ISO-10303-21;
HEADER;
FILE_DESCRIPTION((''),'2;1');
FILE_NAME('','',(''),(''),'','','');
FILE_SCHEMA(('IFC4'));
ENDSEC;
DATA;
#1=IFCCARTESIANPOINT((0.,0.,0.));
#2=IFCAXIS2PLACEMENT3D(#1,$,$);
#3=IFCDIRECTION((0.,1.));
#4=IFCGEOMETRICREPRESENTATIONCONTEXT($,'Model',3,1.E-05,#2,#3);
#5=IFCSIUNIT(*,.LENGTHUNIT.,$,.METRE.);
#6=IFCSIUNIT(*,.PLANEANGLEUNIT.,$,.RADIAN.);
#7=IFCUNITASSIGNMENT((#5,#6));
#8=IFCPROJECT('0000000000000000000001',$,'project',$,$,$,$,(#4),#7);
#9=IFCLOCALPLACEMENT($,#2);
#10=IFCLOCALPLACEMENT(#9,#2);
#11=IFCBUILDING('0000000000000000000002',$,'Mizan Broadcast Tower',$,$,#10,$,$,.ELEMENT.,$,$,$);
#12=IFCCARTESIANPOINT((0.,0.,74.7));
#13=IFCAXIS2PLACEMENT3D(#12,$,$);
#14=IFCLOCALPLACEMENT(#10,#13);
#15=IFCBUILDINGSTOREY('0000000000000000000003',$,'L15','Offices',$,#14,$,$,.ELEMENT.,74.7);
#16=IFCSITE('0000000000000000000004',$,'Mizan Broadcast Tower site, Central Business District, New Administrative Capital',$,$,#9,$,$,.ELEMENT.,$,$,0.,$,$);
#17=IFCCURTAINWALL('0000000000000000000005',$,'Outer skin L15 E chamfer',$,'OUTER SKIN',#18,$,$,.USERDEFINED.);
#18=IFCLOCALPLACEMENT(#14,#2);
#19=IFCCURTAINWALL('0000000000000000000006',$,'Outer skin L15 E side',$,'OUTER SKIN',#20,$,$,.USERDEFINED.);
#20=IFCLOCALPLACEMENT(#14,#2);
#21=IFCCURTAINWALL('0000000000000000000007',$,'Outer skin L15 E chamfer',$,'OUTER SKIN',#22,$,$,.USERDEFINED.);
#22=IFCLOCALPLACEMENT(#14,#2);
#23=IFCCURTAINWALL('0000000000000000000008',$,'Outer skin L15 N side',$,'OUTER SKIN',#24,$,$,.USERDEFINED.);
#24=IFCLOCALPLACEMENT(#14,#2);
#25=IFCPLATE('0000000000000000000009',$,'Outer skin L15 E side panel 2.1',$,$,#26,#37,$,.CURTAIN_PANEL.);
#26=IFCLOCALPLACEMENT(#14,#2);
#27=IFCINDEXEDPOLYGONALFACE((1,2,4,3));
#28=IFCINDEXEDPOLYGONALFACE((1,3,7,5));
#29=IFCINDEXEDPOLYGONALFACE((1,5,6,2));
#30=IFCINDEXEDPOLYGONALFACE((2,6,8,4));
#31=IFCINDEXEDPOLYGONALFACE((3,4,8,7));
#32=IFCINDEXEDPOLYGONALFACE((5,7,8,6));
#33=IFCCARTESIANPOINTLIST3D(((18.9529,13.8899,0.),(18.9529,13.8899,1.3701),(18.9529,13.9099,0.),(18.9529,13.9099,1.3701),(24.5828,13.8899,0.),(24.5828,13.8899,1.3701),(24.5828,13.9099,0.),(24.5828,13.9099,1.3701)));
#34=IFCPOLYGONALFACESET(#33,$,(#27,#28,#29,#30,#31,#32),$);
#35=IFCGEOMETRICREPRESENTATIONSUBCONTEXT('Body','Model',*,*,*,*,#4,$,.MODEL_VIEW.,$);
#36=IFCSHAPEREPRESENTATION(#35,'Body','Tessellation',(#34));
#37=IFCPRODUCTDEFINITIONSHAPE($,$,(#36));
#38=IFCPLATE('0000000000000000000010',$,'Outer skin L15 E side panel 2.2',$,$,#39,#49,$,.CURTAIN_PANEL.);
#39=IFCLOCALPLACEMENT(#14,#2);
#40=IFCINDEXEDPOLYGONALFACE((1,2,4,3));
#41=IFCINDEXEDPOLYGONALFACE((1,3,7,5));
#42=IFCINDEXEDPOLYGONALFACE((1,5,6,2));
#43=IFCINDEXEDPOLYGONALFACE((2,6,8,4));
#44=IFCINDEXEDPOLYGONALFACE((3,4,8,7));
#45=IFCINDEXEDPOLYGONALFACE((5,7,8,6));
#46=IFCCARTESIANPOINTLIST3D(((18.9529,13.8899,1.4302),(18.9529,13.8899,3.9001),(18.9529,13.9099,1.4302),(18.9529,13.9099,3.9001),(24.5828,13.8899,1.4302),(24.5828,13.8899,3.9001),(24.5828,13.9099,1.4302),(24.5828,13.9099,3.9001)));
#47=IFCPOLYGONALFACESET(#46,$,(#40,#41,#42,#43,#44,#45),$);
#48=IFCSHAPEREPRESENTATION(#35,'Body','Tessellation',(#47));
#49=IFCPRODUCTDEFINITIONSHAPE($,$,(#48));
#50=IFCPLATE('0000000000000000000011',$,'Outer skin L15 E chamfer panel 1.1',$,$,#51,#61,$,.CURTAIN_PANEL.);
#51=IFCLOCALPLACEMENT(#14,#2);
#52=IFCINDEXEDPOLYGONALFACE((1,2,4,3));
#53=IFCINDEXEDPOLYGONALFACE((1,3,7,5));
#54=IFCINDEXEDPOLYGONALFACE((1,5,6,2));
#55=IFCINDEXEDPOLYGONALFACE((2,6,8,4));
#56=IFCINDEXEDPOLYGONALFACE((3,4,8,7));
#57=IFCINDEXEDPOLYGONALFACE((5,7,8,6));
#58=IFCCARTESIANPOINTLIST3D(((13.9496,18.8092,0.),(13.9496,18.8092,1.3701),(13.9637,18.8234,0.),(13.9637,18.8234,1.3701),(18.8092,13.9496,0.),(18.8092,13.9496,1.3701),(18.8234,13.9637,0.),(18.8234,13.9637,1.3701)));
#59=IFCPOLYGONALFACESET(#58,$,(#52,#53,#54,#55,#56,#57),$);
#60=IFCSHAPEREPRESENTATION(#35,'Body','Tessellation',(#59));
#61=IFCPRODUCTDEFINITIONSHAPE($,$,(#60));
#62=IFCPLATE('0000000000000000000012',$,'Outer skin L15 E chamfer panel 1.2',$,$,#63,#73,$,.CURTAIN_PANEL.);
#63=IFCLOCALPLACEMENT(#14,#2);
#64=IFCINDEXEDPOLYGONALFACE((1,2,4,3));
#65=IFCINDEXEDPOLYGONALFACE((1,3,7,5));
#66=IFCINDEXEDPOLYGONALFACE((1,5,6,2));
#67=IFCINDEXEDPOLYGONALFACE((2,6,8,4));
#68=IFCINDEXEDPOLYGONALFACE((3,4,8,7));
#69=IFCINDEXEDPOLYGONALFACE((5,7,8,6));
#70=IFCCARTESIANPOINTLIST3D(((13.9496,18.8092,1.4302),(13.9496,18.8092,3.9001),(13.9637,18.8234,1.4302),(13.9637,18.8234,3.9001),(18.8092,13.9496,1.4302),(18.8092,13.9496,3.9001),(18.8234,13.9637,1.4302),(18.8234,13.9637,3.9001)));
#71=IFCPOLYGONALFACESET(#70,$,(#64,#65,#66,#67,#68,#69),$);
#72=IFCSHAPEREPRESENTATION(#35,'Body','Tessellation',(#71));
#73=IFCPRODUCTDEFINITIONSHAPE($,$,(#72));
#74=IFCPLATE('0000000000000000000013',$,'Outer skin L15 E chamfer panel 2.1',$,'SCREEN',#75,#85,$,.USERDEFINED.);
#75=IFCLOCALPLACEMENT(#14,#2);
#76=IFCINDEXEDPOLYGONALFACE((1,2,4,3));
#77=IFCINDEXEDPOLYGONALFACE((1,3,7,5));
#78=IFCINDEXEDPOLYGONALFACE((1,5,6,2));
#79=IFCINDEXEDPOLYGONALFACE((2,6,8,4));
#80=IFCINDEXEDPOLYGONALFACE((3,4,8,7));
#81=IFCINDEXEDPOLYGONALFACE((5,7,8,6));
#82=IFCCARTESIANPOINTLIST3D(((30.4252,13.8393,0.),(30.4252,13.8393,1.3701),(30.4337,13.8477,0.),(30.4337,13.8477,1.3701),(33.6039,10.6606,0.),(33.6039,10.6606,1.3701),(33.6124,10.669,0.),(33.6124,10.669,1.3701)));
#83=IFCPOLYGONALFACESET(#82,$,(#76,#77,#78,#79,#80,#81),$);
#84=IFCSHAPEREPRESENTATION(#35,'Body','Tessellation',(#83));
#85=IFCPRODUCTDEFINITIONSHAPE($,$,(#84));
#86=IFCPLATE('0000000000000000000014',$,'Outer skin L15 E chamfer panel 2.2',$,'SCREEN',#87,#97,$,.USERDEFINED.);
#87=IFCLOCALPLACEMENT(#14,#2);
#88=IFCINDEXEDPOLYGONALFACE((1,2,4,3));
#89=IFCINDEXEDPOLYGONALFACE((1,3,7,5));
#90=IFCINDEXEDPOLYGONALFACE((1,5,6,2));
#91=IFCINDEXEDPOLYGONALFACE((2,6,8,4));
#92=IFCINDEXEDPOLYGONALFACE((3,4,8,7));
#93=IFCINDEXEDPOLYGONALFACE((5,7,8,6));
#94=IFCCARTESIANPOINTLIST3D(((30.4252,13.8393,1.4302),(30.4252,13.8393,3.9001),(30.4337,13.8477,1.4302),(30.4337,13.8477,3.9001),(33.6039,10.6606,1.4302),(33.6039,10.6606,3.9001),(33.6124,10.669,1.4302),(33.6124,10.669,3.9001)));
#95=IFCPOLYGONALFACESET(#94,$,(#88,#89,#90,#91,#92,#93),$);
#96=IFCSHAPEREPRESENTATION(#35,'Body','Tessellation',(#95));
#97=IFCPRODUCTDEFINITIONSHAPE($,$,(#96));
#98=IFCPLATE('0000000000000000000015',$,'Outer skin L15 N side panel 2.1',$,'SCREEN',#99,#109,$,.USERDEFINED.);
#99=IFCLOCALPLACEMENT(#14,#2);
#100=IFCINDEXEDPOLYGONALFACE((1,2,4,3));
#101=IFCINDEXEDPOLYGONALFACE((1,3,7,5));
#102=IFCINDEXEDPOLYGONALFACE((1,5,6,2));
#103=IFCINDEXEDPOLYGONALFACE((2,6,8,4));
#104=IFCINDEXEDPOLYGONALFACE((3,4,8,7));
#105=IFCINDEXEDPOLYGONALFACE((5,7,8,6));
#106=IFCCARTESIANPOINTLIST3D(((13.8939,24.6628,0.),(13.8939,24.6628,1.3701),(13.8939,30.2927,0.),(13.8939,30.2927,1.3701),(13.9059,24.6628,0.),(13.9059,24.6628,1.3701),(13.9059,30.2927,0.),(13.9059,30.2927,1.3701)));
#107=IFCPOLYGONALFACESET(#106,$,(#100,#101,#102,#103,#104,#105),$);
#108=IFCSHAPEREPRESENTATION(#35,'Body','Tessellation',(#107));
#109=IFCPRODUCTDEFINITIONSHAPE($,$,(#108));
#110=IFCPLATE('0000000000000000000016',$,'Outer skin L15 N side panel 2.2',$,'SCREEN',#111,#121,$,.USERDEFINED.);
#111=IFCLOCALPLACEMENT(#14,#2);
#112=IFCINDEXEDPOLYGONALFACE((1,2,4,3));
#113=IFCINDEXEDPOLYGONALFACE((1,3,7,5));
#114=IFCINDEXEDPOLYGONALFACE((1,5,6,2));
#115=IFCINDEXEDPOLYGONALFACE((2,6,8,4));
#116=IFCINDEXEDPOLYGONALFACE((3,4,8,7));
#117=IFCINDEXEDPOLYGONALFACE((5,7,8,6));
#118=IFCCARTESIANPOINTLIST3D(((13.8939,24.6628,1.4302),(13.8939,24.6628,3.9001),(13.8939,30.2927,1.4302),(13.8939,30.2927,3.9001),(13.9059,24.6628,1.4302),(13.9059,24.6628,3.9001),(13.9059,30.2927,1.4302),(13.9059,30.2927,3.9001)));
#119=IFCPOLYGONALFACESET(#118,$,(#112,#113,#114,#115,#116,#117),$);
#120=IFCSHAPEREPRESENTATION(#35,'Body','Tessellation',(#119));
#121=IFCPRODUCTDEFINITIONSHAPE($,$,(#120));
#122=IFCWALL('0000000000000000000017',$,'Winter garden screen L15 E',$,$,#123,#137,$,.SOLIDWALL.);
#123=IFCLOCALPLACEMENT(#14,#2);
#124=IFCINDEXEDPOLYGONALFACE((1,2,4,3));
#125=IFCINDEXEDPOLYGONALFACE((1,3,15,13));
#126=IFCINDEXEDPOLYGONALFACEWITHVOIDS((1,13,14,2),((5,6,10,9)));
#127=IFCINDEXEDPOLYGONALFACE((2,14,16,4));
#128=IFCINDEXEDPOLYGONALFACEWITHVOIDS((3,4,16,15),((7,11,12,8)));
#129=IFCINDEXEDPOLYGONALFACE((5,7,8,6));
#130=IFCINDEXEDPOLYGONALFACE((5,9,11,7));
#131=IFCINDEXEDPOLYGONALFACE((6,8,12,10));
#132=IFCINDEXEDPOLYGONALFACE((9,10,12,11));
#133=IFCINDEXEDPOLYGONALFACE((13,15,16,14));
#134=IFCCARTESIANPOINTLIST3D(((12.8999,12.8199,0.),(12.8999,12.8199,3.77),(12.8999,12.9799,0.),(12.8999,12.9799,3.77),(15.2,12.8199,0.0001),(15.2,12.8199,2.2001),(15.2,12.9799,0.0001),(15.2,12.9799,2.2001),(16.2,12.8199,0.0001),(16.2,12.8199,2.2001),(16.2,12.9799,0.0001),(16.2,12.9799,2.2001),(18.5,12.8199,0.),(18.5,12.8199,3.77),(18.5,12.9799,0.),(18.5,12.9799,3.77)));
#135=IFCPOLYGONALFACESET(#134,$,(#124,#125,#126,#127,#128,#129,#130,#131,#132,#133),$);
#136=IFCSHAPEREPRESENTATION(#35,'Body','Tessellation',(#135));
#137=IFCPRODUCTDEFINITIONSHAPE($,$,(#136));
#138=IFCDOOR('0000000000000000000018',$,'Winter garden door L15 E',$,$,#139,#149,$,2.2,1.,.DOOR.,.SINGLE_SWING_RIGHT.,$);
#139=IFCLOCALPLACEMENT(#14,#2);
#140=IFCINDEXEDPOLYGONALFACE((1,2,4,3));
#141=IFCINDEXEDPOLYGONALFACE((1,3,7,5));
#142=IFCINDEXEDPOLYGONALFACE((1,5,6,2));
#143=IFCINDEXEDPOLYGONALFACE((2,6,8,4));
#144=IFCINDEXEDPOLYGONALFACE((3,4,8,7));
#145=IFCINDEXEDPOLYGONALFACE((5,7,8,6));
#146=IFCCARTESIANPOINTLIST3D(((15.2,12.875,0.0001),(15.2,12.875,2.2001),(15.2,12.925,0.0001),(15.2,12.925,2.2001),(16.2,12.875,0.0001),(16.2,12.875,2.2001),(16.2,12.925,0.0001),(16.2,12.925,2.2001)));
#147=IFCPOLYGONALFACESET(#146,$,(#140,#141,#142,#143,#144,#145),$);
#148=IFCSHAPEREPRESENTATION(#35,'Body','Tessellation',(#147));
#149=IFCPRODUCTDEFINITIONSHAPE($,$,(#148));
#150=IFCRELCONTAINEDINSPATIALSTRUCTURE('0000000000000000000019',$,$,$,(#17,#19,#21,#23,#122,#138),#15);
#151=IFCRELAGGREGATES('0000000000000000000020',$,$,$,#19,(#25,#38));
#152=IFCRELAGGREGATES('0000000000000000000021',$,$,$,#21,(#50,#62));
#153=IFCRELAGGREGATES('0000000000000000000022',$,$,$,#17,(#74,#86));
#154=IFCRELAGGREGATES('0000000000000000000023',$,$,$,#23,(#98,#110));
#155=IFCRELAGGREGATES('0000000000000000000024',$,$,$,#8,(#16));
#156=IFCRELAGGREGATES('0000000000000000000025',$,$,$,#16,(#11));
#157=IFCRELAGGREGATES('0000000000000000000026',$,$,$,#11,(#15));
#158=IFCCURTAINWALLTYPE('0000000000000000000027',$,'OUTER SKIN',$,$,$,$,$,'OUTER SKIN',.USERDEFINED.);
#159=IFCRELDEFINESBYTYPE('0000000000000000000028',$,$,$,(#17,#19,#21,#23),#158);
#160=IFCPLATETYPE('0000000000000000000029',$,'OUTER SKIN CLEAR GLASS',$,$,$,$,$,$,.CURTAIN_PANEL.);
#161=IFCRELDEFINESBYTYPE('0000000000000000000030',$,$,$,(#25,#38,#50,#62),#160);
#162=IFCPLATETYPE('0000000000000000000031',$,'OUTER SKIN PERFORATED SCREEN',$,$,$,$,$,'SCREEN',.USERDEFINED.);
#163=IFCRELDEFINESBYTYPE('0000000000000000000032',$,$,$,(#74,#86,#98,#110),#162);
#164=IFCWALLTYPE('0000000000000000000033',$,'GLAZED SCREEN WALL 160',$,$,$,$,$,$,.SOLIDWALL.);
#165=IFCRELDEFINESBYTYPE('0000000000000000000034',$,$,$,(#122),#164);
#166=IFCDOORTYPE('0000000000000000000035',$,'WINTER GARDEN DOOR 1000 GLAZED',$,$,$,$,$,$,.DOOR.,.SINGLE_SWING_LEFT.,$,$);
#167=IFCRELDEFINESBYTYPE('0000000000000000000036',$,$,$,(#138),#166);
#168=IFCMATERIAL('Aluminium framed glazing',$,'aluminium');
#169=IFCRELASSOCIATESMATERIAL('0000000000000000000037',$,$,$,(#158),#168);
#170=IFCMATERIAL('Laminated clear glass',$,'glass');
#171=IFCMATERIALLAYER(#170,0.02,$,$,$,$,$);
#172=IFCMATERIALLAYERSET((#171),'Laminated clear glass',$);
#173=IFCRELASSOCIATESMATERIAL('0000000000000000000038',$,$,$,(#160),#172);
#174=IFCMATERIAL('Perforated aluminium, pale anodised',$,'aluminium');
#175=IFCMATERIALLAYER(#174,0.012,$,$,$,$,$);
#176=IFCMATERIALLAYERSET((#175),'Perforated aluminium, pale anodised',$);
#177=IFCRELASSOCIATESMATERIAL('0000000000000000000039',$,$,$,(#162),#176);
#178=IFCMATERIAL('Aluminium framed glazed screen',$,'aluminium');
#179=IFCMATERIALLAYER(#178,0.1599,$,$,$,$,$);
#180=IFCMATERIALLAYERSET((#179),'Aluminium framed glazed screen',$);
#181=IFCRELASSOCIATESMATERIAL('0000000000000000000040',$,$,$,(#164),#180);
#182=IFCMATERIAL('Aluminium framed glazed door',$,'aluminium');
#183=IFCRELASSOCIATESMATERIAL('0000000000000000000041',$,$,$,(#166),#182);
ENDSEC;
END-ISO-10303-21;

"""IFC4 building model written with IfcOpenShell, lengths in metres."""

from ifc_helpers import new_model, si_unit, direction, frame, frame_2d, origin, origin_2d, place, context, subcontext, project, spatial, rectangle, extrude, material, layer, layer_set, type_object, element, fill, aggregate, save


model = new_model("IFC4")

# Units and contexts
model_context = context("Model", 3, precision=1e-05, world=origin(), true_north=direction((0.0, 1.0)))
body_context = subcontext(model_context, "Body", "Model", "MODEL_VIEW")
ifc_project = project(units=[si_unit("LENGTHUNIT", "METRE"), si_unit("PLANEANGLEUNIT", "RADIAN")], contexts=[model_context])

# Site, building, storey
site_placement = place(None, origin())
site = spatial("IfcSite", under=ifc_project, at=site_placement, Name="Mizan Broadcast Tower site, Central Business District, New Administrative Capital", CompositionType="ELEMENT", RefElevation=0.0)
building_placement = place(site_placement, origin())
building = spatial("IfcBuilding", under=site, at=building_placement, Name="Mizan Broadcast Tower", CompositionType="ELEMENT")
storey_placement = place(building_placement, frame((0.0, 0.0, 74.7)))
storey = spatial("IfcBuildingStorey", under=building, at=storey_placement, Name="L15", Description="Offices", CompositionType="ELEMENT", Elevation=74.7)

# Curtain wall
ifc_material_1 = material(Name="Aluminium framed glazing", Category="aluminium")
curtain_wall_type_1 = type_object("IfcCurtainWallType", Name="OUTER SKIN", ElementType="OUTER SKIN", PredefinedType="USERDEFINED", material=ifc_material_1)
curtain_wall_1_placement = place(storey_placement, origin())
curtain_wall_1 = element("IfcCurtainWall", 1, at=curtain_wall_1_placement, inside=storey, type_object=curtain_wall_type_1, Name="Outer skin L15 E chamfer", ObjectType="OUTER SKIN", PredefinedType="USERDEFINED")

# Curtain wall
curtain_wall_2_placement = place(storey_placement, origin())
curtain_wall_2 = element("IfcCurtainWall", 2, at=curtain_wall_2_placement, inside=storey, type_object=curtain_wall_type_1, Name="Outer skin L15 E side", ObjectType="OUTER SKIN", PredefinedType="USERDEFINED")

# Curtain wall
curtain_wall_3_placement = place(storey_placement, origin())
curtain_wall_3 = element("IfcCurtainWall", 3, at=curtain_wall_3_placement, inside=storey, type_object=curtain_wall_type_1, Name="Outer skin L15 E chamfer", ObjectType="OUTER SKIN", PredefinedType="USERDEFINED")

# Curtain wall
curtain_wall_4_placement = place(storey_placement, origin())
curtain_wall_4 = element("IfcCurtainWall", 4, at=curtain_wall_4_placement, inside=storey, type_object=curtain_wall_type_1, Name="Outer skin L15 N side", ObjectType="OUTER SKIN", PredefinedType="USERDEFINED")

# Plates
ifc_material_2 = material(Name="Laminated clear glass", Category="glass")
ifc_layer_1 = layer(ifc_material_2, 0.02)
ifc_layer_set_1 = layer_set([ifc_layer_1], Name="Laminated clear glass")
plate_type_1 = type_object("IfcPlateType", Name="OUTER SKIN CLEAR GLASS", PredefinedType="CURTAIN_PANEL", material=ifc_layer_set_1)
plate_1_placement = place(storey_placement, frame((21.7678, 13.8999, 0.0), z_axis=(0.0, 0.0, 1.0), x_axis=(-1.0, 0.0, 0.0)))
plate_1 = element("IfcPlate", 5, at=plate_1_placement, type_object=plate_type_1, Name="Outer skin L15 E side panel 2.1", PredefinedType="CURTAIN_PANEL", context=body_context, shape_type="SweptSolid", body=[
    extrude(rectangle(XDim=5.6299, YDim=0.02, at=origin_2d()), origin(), (0.0, 0.0, 1.0), 1.3701),
])
plate_2_placement = place(storey_placement, frame((21.7678, 13.8999, 1.4302), z_axis=(0.0, 0.0, 1.0), x_axis=(-1.0, 0.0, 0.0)))
plate_2 = element("IfcPlate", 6, at=plate_2_placement, type_object=plate_type_1, Name="Outer skin L15 E side panel 2.2", PredefinedType="CURTAIN_PANEL", context=body_context, shape_type="SweptSolid", body=[
    extrude(rectangle(XDim=5.6299, YDim=0.02, at=origin_2d()), origin(), (0.0, 0.0, 1.0), 2.47),
])
aggregate(curtain_wall_2, [plate_1, plate_2])
plate_3_placement = place(storey_placement, frame((16.3865, 16.3865, 0.0), z_axis=(0.0, 0.0, 1.0), x_axis=(-0.707107, 0.707107, 0.0)))
plate_3 = element("IfcPlate", 7, at=plate_3_placement, type_object=plate_type_1, Name="Outer skin L15 E chamfer panel 1.1", PredefinedType="CURTAIN_PANEL", context=body_context, shape_type="SweptSolid", body=[
    extrude(rectangle(XDim=6.8726, YDim=0.02, at=origin_2d()), origin(), (0.0, 0.0, 1.0), 1.3701),
])
plate_4_placement = place(storey_placement, frame((16.3865, 16.3865, 1.4302), z_axis=(0.0, 0.0, 1.0), x_axis=(-0.707107, 0.707107, 0.0)))
plate_4 = element("IfcPlate", 8, at=plate_4_placement, type_object=plate_type_1, Name="Outer skin L15 E chamfer panel 1.2", PredefinedType="CURTAIN_PANEL", context=body_context, shape_type="SweptSolid", body=[
    extrude(rectangle(XDim=6.8726, YDim=0.02, at=origin_2d()), origin(), (0.0, 0.0, 1.0), 2.47),
])
aggregate(curtain_wall_3, [plate_3, plate_4])
ifc_material_3 = material(Name="Perforated aluminium, pale anodised", Category="aluminium")
ifc_layer_2 = layer(ifc_material_3, 0.012)
ifc_layer_set_2 = layer_set([ifc_layer_2], Name="Perforated aluminium, pale anodised")
plate_type_2 = type_object("IfcPlateType", Name="OUTER SKIN PERFORATED SCREEN", ElementType="SCREEN", PredefinedType="USERDEFINED", material=ifc_layer_set_2)
plate_5_placement = place(storey_placement, frame((32.0188, 12.2542, 0.0), z_axis=(0.0, 0.0, 1.0), x_axis=(-0.707107, 0.707107, 0.0)))
plate_5 = element("IfcPlate", 9, at=plate_5_placement, type_object=plate_type_2, Name="Outer skin L15 E chamfer panel 2.1", ObjectType="SCREEN", PredefinedType="USERDEFINED", context=body_context, shape_type="SweptSolid", body=[
    extrude(rectangle(XDim=4.4954, YDim=0.012, at=origin_2d()), origin(), (0.0, 0.0, 1.0), 1.3701),
])
plate_6_placement = place(storey_placement, frame((32.0188, 12.2542, 1.4302), z_axis=(0.0, 0.0, 1.0), x_axis=(-0.707107, 0.707107, 0.0)))
plate_6 = element("IfcPlate", 10, at=plate_6_placement, type_object=plate_type_2, Name="Outer skin L15 E chamfer panel 2.2", ObjectType="SCREEN", PredefinedType="USERDEFINED", context=body_context, shape_type="SweptSolid", body=[
    extrude(rectangle(XDim=4.4954, YDim=0.012, at=origin_2d()), origin(), (0.0, 0.0, 1.0), 2.47),
])
aggregate(curtain_wall_1, [plate_5, plate_6])
plate_7_placement = place(storey_placement, frame((13.8999, 27.4778, 0.0), z_axis=(0.0, 0.0, 1.0), x_axis=(0.0, 1.0, 0.0)))
plate_7 = element("IfcPlate", 11, at=plate_7_placement, type_object=plate_type_2, Name="Outer skin L15 N side panel 2.1", ObjectType="SCREEN", PredefinedType="USERDEFINED", context=body_context, shape_type="SweptSolid", body=[
    extrude(rectangle(XDim=5.6299, YDim=0.012, at=origin_2d()), origin(), (0.0, 0.0, 1.0), 1.3701),
])
plate_8_placement = place(storey_placement, frame((13.8999, 27.4778, 1.4302), z_axis=(0.0, 0.0, 1.0), x_axis=(0.0, 1.0, 0.0)))
plate_8 = element("IfcPlate", 12, at=plate_8_placement, type_object=plate_type_2, Name="Outer skin L15 N side panel 2.2", ObjectType="SCREEN", PredefinedType="USERDEFINED", context=body_context, shape_type="SweptSolid", body=[
    extrude(rectangle(XDim=5.6299, YDim=0.012, at=origin_2d()), origin(), (0.0, 0.0, 1.0), 2.47),
])
aggregate(curtain_wall_4, [plate_7, plate_8])

# Wall, opening, door
ifc_material_4 = material(Name="Aluminium framed glazed screen", Category="aluminium")
ifc_layer_3 = layer(ifc_material_4, 0.1599)
ifc_layer_set_3 = layer_set([ifc_layer_3], Name="Aluminium framed glazed screen")
wall_type = type_object("IfcWallType", Name="GLAZED SCREEN WALL 160", PredefinedType="SOLIDWALL", material=ifc_layer_set_3)
wall_placement = place(storey_placement, frame((18.5, 12.8999, 0.0), z_axis=(0.0, 0.0, 1.0), x_axis=(-1.0, 0.0, 0.0)))
wall = element("IfcWall", 13, at=wall_placement, inside=storey, type_object=wall_type, Name="Winter garden screen L15 E", PredefinedType="SOLIDWALL", context=body_context, shape_type="SweptSolid", body=[
    extrude(rectangle(XDim=5.6001, YDim=0.1599, at=frame_2d((2.8, 0.0))), origin(), (0.0, 0.0, 1.0), 3.77),
])
opening_placement = place(wall_placement, frame((2.3, 0.0, 0.0)))
opening = element("IfcOpeningElement", 14, at=opening_placement, cuts=wall, PredefinedType="OPENING", context=body_context, shape_type="SweptSolid", body=[
    extrude(rectangle(XDim=1.0, YDim=2.2, at=frame_2d((0.5, 1.1001))), frame((0.0, 0.0898, 0.0), z_axis=(0.0, -1.0, 0.0), x_axis=(1.0, 0.0, 0.0)), (0.0, 0.0, 1.0), 0.1799),
])
ifc_material_5 = material(Name="Aluminium framed glazed door", Category="aluminium")
door_type = type_object("IfcDoorType", Name="WINTER GARDEN DOOR 1000 GLAZED", OperationType="SINGLE_SWING_LEFT", PredefinedType="DOOR", material=ifc_material_5)
door_placement = place(opening_placement, origin())
door = element("IfcDoor", 15, at=door_placement, inside=storey, type_object=door_type, Name="Winter garden door L15 E", OperationType="SINGLE_SWING_RIGHT", OverallHeight=2.2, OverallWidth=1.0, PredefinedType="DOOR", context=body_context, shape_type="SweptSolid", body=[
    extrude(rectangle(XDim=1.0, YDim=2.2, at=frame_2d((0.5, 1.1001))), frame((0.0, 0.0249, 0.0), z_axis=(0.0, -1.0, 0.0), x_axis=(1.0, 0.0, 0.0)), (0.0, 0.0, 1.0), 0.05),
])
fill(opening, door)

save(model, "model.ifc")
